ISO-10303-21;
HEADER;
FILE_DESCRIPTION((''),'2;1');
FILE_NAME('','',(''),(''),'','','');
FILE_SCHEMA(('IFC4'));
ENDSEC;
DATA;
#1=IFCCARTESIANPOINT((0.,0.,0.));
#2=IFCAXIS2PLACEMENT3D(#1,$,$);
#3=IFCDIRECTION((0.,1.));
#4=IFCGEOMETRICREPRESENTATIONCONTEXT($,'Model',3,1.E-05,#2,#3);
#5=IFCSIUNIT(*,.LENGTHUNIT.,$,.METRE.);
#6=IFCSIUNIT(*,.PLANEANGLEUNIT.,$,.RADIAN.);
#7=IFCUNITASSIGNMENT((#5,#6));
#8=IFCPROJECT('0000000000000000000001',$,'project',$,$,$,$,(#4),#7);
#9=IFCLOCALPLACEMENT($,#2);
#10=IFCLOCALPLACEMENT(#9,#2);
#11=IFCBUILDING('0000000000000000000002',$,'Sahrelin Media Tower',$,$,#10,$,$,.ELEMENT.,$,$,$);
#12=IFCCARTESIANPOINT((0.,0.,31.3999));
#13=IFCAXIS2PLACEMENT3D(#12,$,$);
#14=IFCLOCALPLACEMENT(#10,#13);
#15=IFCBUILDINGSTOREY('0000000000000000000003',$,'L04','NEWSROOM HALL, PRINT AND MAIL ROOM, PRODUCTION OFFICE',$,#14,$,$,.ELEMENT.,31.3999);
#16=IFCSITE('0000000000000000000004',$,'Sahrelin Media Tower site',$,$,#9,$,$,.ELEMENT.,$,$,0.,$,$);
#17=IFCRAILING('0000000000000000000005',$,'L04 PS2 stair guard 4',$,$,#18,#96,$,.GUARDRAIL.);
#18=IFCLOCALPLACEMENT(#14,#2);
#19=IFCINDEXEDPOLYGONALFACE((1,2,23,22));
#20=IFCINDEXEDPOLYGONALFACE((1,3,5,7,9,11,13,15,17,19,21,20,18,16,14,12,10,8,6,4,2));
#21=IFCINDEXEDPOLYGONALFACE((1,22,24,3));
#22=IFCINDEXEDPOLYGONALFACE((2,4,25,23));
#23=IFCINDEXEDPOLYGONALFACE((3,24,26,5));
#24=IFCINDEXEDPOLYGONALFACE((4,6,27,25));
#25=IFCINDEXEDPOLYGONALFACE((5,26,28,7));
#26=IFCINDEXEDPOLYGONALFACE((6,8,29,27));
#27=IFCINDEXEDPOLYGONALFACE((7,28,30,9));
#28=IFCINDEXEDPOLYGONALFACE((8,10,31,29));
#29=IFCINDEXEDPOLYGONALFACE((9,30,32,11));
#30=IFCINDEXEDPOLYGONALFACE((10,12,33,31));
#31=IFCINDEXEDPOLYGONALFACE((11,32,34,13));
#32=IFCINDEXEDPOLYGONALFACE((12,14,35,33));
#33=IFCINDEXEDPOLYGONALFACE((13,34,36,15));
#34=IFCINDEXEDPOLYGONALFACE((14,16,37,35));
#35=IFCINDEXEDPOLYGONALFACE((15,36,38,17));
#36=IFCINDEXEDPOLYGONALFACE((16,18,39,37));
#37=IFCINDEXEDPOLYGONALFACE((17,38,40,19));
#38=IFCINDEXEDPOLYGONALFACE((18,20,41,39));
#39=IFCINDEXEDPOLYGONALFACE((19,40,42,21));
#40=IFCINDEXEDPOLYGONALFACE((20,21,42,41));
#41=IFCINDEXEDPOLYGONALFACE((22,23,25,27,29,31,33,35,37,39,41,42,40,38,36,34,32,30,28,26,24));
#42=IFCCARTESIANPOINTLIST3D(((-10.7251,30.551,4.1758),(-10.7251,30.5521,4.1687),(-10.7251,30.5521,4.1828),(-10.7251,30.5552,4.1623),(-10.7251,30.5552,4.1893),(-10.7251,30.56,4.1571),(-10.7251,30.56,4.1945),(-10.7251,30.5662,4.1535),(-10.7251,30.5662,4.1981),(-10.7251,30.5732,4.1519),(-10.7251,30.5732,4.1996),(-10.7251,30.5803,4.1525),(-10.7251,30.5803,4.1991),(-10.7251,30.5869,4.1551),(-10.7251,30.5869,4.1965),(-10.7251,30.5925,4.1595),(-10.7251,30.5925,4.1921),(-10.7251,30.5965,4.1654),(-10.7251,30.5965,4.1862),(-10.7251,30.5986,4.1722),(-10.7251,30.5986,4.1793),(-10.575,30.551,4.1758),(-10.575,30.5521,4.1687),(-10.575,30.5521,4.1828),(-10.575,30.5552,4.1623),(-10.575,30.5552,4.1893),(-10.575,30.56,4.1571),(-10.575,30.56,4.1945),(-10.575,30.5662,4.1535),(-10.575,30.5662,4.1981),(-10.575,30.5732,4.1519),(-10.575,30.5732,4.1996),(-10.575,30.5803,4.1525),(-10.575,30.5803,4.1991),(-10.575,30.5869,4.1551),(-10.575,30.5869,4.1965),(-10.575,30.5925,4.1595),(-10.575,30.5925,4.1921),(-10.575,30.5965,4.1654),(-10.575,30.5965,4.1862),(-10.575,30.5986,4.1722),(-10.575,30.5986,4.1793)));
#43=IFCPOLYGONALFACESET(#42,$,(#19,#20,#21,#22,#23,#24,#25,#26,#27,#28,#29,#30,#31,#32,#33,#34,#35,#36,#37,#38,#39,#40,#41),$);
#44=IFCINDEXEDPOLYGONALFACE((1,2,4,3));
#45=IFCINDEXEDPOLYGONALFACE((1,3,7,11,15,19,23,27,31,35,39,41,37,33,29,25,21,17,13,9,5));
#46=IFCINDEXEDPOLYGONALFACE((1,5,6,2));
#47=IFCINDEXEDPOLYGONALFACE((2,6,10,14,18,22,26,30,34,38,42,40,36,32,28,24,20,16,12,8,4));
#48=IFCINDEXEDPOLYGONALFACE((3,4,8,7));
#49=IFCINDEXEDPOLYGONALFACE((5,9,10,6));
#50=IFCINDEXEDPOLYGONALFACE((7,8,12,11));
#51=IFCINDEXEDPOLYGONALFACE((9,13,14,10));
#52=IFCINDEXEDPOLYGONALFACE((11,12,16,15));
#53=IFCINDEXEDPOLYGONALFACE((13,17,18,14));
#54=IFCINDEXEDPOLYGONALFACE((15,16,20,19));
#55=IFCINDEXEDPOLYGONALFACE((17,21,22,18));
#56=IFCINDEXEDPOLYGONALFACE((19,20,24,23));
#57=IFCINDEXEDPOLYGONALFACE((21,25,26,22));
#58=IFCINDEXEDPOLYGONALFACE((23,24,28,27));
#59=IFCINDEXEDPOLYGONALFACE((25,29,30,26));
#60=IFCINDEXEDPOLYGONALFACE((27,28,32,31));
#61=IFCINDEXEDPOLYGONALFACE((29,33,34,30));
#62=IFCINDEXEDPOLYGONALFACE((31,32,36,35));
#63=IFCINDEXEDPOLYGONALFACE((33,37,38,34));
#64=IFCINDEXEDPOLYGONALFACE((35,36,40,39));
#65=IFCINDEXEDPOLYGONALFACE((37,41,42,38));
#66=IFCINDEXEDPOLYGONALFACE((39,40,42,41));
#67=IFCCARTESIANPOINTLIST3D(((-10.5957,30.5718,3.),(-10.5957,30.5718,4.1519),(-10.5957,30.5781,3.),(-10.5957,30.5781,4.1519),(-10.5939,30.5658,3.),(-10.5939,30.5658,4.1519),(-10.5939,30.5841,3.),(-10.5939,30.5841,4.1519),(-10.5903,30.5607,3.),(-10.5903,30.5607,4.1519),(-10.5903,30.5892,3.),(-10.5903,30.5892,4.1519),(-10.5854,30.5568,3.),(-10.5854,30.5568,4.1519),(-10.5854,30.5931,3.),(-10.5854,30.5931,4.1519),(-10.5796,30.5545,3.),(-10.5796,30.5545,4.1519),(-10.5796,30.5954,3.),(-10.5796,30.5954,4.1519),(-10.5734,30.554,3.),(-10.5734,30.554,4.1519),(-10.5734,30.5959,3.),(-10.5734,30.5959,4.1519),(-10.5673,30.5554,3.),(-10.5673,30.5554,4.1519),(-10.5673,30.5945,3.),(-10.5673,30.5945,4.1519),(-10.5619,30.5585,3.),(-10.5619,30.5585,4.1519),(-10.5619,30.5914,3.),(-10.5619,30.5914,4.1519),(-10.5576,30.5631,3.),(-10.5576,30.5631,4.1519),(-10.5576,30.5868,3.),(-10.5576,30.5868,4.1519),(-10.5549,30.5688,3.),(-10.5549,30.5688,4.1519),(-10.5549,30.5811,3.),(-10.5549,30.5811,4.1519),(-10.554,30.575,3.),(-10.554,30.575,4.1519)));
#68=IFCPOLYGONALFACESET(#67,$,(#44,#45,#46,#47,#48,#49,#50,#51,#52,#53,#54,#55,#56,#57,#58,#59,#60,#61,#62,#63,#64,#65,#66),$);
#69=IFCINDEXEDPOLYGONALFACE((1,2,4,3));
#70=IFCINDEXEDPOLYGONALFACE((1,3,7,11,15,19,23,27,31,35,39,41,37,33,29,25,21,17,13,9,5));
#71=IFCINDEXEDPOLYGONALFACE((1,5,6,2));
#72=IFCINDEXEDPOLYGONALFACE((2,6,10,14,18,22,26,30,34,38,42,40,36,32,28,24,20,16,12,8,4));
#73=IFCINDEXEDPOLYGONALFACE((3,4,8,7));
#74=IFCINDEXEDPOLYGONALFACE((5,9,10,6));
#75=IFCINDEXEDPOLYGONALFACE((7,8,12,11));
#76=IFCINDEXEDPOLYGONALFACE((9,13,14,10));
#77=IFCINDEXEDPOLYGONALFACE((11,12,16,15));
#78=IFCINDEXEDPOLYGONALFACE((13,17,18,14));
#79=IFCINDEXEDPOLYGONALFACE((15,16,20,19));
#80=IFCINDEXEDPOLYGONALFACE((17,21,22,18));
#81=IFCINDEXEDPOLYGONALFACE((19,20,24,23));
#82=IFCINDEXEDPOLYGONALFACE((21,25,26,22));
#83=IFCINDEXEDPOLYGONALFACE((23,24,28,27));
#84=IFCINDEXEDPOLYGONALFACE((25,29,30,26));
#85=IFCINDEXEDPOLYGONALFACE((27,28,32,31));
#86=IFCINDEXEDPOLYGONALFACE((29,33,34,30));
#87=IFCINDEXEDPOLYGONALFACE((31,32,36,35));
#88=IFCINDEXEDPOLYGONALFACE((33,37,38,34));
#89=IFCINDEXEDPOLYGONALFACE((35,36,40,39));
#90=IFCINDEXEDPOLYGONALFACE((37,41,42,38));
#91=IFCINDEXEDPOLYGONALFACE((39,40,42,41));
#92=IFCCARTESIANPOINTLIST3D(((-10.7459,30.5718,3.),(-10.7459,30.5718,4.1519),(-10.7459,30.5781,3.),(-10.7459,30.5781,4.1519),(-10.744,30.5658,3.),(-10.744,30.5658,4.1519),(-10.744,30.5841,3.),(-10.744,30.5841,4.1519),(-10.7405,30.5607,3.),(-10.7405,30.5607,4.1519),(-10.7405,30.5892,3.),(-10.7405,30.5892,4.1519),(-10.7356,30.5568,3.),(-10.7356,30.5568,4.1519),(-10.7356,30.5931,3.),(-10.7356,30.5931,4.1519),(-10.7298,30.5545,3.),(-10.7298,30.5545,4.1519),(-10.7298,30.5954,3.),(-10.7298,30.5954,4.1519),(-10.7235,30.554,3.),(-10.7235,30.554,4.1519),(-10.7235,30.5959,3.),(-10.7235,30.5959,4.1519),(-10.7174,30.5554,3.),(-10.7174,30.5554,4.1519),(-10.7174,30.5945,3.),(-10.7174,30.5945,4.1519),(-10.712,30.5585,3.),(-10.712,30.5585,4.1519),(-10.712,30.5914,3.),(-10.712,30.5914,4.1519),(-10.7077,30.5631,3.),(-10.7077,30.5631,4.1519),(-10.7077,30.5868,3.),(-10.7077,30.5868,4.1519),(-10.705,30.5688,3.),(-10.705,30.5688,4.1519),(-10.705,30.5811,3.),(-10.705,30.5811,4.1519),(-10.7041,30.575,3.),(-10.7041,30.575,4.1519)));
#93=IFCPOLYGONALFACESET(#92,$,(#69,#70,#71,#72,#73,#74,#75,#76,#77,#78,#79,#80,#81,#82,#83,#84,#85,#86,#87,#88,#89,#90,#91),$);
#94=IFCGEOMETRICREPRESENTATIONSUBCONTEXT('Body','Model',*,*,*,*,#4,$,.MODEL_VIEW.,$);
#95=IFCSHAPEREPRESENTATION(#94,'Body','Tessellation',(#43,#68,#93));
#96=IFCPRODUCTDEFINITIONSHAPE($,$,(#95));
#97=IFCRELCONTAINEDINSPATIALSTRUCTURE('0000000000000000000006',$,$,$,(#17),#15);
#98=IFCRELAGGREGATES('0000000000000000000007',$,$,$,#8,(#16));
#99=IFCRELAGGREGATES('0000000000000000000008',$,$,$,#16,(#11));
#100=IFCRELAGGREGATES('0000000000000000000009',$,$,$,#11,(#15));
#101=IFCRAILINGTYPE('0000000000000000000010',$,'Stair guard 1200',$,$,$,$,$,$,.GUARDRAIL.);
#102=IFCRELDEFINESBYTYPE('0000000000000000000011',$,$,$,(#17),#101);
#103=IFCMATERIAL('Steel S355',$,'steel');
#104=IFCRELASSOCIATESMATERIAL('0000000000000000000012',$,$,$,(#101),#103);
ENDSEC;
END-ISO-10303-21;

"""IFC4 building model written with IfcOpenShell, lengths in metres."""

from ifc_helpers import new_model, si_unit, direction, frame, origin, origin_2d, place, context, subcontext, project, spatial, circle, extrude, material, type_object, element, save


model = new_model("IFC4")

# Units and contexts
model_context = context("Model", 3, precision=1e-05, world=origin(), true_north=direction((0.0, 1.0)))
body_context = subcontext(model_context, "Body", "Model", "MODEL_VIEW")
ifc_project = project(units=[si_unit("LENGTHUNIT", "METRE"), si_unit("PLANEANGLEUNIT", "RADIAN")], contexts=[model_context])

# Site, building, storey
site_placement = place(None, origin())
site = spatial("IfcSite", under=ifc_project, at=site_placement, Name="Sahrelin Media Tower site", CompositionType="ELEMENT", RefElevation=0.0)
building_placement = place(site_placement, origin())
building = spatial("IfcBuilding", under=site, at=building_placement, Name="Sahrelin Media Tower", CompositionType="ELEMENT")
storey_placement = place(building_placement, frame((0.0, 0.0, 31.3999)))
storey = spatial("IfcBuildingStorey", under=building, at=storey_placement, Name="L04", Description="NEWSROOM HALL, PRINT AND MAIL ROOM, PRODUCTION OFFICE", CompositionType="ELEMENT", Elevation=31.3999)

# Shared definitions
ifc_material_1 = material(Name="Steel S355", Category="steel")

# Railing
railing_type_1 = type_object("IfcRailingType", Name="Stair guard 1200", PredefinedType="GUARDRAIL", material=ifc_material_1)
railing_1_placement = place(storey_placement, frame((-10.575, 30.575, 3.0)))
element("IfcRailing", 1, at=railing_1_placement, inside=storey, type_object=railing_type_1, Name="L04 PS2 stair guard 4", PredefinedType="GUARDRAIL", context=body_context, shape_type="SweptSolid", body=[
    extrude(circle(Radius=0.0239, at=origin_2d()), frame((0.0, 0.0, 1.1758), z_axis=(-1.0, 0.0, 0.0), x_axis=(0.0, -1.0, 0.0)), (0.0, 0.0, 1.0), 0.1501),
    extrude(circle(Radius=0.021, at=origin_2d()), origin(), (0.0, 0.0, 1.0), 1.1519),
    extrude(circle(Radius=0.021, at=origin_2d()), frame((-0.1501, 0.0, 0.0)), (0.0, 0.0, 1.0), 1.1519),
])

save(model, "model.ifc")
